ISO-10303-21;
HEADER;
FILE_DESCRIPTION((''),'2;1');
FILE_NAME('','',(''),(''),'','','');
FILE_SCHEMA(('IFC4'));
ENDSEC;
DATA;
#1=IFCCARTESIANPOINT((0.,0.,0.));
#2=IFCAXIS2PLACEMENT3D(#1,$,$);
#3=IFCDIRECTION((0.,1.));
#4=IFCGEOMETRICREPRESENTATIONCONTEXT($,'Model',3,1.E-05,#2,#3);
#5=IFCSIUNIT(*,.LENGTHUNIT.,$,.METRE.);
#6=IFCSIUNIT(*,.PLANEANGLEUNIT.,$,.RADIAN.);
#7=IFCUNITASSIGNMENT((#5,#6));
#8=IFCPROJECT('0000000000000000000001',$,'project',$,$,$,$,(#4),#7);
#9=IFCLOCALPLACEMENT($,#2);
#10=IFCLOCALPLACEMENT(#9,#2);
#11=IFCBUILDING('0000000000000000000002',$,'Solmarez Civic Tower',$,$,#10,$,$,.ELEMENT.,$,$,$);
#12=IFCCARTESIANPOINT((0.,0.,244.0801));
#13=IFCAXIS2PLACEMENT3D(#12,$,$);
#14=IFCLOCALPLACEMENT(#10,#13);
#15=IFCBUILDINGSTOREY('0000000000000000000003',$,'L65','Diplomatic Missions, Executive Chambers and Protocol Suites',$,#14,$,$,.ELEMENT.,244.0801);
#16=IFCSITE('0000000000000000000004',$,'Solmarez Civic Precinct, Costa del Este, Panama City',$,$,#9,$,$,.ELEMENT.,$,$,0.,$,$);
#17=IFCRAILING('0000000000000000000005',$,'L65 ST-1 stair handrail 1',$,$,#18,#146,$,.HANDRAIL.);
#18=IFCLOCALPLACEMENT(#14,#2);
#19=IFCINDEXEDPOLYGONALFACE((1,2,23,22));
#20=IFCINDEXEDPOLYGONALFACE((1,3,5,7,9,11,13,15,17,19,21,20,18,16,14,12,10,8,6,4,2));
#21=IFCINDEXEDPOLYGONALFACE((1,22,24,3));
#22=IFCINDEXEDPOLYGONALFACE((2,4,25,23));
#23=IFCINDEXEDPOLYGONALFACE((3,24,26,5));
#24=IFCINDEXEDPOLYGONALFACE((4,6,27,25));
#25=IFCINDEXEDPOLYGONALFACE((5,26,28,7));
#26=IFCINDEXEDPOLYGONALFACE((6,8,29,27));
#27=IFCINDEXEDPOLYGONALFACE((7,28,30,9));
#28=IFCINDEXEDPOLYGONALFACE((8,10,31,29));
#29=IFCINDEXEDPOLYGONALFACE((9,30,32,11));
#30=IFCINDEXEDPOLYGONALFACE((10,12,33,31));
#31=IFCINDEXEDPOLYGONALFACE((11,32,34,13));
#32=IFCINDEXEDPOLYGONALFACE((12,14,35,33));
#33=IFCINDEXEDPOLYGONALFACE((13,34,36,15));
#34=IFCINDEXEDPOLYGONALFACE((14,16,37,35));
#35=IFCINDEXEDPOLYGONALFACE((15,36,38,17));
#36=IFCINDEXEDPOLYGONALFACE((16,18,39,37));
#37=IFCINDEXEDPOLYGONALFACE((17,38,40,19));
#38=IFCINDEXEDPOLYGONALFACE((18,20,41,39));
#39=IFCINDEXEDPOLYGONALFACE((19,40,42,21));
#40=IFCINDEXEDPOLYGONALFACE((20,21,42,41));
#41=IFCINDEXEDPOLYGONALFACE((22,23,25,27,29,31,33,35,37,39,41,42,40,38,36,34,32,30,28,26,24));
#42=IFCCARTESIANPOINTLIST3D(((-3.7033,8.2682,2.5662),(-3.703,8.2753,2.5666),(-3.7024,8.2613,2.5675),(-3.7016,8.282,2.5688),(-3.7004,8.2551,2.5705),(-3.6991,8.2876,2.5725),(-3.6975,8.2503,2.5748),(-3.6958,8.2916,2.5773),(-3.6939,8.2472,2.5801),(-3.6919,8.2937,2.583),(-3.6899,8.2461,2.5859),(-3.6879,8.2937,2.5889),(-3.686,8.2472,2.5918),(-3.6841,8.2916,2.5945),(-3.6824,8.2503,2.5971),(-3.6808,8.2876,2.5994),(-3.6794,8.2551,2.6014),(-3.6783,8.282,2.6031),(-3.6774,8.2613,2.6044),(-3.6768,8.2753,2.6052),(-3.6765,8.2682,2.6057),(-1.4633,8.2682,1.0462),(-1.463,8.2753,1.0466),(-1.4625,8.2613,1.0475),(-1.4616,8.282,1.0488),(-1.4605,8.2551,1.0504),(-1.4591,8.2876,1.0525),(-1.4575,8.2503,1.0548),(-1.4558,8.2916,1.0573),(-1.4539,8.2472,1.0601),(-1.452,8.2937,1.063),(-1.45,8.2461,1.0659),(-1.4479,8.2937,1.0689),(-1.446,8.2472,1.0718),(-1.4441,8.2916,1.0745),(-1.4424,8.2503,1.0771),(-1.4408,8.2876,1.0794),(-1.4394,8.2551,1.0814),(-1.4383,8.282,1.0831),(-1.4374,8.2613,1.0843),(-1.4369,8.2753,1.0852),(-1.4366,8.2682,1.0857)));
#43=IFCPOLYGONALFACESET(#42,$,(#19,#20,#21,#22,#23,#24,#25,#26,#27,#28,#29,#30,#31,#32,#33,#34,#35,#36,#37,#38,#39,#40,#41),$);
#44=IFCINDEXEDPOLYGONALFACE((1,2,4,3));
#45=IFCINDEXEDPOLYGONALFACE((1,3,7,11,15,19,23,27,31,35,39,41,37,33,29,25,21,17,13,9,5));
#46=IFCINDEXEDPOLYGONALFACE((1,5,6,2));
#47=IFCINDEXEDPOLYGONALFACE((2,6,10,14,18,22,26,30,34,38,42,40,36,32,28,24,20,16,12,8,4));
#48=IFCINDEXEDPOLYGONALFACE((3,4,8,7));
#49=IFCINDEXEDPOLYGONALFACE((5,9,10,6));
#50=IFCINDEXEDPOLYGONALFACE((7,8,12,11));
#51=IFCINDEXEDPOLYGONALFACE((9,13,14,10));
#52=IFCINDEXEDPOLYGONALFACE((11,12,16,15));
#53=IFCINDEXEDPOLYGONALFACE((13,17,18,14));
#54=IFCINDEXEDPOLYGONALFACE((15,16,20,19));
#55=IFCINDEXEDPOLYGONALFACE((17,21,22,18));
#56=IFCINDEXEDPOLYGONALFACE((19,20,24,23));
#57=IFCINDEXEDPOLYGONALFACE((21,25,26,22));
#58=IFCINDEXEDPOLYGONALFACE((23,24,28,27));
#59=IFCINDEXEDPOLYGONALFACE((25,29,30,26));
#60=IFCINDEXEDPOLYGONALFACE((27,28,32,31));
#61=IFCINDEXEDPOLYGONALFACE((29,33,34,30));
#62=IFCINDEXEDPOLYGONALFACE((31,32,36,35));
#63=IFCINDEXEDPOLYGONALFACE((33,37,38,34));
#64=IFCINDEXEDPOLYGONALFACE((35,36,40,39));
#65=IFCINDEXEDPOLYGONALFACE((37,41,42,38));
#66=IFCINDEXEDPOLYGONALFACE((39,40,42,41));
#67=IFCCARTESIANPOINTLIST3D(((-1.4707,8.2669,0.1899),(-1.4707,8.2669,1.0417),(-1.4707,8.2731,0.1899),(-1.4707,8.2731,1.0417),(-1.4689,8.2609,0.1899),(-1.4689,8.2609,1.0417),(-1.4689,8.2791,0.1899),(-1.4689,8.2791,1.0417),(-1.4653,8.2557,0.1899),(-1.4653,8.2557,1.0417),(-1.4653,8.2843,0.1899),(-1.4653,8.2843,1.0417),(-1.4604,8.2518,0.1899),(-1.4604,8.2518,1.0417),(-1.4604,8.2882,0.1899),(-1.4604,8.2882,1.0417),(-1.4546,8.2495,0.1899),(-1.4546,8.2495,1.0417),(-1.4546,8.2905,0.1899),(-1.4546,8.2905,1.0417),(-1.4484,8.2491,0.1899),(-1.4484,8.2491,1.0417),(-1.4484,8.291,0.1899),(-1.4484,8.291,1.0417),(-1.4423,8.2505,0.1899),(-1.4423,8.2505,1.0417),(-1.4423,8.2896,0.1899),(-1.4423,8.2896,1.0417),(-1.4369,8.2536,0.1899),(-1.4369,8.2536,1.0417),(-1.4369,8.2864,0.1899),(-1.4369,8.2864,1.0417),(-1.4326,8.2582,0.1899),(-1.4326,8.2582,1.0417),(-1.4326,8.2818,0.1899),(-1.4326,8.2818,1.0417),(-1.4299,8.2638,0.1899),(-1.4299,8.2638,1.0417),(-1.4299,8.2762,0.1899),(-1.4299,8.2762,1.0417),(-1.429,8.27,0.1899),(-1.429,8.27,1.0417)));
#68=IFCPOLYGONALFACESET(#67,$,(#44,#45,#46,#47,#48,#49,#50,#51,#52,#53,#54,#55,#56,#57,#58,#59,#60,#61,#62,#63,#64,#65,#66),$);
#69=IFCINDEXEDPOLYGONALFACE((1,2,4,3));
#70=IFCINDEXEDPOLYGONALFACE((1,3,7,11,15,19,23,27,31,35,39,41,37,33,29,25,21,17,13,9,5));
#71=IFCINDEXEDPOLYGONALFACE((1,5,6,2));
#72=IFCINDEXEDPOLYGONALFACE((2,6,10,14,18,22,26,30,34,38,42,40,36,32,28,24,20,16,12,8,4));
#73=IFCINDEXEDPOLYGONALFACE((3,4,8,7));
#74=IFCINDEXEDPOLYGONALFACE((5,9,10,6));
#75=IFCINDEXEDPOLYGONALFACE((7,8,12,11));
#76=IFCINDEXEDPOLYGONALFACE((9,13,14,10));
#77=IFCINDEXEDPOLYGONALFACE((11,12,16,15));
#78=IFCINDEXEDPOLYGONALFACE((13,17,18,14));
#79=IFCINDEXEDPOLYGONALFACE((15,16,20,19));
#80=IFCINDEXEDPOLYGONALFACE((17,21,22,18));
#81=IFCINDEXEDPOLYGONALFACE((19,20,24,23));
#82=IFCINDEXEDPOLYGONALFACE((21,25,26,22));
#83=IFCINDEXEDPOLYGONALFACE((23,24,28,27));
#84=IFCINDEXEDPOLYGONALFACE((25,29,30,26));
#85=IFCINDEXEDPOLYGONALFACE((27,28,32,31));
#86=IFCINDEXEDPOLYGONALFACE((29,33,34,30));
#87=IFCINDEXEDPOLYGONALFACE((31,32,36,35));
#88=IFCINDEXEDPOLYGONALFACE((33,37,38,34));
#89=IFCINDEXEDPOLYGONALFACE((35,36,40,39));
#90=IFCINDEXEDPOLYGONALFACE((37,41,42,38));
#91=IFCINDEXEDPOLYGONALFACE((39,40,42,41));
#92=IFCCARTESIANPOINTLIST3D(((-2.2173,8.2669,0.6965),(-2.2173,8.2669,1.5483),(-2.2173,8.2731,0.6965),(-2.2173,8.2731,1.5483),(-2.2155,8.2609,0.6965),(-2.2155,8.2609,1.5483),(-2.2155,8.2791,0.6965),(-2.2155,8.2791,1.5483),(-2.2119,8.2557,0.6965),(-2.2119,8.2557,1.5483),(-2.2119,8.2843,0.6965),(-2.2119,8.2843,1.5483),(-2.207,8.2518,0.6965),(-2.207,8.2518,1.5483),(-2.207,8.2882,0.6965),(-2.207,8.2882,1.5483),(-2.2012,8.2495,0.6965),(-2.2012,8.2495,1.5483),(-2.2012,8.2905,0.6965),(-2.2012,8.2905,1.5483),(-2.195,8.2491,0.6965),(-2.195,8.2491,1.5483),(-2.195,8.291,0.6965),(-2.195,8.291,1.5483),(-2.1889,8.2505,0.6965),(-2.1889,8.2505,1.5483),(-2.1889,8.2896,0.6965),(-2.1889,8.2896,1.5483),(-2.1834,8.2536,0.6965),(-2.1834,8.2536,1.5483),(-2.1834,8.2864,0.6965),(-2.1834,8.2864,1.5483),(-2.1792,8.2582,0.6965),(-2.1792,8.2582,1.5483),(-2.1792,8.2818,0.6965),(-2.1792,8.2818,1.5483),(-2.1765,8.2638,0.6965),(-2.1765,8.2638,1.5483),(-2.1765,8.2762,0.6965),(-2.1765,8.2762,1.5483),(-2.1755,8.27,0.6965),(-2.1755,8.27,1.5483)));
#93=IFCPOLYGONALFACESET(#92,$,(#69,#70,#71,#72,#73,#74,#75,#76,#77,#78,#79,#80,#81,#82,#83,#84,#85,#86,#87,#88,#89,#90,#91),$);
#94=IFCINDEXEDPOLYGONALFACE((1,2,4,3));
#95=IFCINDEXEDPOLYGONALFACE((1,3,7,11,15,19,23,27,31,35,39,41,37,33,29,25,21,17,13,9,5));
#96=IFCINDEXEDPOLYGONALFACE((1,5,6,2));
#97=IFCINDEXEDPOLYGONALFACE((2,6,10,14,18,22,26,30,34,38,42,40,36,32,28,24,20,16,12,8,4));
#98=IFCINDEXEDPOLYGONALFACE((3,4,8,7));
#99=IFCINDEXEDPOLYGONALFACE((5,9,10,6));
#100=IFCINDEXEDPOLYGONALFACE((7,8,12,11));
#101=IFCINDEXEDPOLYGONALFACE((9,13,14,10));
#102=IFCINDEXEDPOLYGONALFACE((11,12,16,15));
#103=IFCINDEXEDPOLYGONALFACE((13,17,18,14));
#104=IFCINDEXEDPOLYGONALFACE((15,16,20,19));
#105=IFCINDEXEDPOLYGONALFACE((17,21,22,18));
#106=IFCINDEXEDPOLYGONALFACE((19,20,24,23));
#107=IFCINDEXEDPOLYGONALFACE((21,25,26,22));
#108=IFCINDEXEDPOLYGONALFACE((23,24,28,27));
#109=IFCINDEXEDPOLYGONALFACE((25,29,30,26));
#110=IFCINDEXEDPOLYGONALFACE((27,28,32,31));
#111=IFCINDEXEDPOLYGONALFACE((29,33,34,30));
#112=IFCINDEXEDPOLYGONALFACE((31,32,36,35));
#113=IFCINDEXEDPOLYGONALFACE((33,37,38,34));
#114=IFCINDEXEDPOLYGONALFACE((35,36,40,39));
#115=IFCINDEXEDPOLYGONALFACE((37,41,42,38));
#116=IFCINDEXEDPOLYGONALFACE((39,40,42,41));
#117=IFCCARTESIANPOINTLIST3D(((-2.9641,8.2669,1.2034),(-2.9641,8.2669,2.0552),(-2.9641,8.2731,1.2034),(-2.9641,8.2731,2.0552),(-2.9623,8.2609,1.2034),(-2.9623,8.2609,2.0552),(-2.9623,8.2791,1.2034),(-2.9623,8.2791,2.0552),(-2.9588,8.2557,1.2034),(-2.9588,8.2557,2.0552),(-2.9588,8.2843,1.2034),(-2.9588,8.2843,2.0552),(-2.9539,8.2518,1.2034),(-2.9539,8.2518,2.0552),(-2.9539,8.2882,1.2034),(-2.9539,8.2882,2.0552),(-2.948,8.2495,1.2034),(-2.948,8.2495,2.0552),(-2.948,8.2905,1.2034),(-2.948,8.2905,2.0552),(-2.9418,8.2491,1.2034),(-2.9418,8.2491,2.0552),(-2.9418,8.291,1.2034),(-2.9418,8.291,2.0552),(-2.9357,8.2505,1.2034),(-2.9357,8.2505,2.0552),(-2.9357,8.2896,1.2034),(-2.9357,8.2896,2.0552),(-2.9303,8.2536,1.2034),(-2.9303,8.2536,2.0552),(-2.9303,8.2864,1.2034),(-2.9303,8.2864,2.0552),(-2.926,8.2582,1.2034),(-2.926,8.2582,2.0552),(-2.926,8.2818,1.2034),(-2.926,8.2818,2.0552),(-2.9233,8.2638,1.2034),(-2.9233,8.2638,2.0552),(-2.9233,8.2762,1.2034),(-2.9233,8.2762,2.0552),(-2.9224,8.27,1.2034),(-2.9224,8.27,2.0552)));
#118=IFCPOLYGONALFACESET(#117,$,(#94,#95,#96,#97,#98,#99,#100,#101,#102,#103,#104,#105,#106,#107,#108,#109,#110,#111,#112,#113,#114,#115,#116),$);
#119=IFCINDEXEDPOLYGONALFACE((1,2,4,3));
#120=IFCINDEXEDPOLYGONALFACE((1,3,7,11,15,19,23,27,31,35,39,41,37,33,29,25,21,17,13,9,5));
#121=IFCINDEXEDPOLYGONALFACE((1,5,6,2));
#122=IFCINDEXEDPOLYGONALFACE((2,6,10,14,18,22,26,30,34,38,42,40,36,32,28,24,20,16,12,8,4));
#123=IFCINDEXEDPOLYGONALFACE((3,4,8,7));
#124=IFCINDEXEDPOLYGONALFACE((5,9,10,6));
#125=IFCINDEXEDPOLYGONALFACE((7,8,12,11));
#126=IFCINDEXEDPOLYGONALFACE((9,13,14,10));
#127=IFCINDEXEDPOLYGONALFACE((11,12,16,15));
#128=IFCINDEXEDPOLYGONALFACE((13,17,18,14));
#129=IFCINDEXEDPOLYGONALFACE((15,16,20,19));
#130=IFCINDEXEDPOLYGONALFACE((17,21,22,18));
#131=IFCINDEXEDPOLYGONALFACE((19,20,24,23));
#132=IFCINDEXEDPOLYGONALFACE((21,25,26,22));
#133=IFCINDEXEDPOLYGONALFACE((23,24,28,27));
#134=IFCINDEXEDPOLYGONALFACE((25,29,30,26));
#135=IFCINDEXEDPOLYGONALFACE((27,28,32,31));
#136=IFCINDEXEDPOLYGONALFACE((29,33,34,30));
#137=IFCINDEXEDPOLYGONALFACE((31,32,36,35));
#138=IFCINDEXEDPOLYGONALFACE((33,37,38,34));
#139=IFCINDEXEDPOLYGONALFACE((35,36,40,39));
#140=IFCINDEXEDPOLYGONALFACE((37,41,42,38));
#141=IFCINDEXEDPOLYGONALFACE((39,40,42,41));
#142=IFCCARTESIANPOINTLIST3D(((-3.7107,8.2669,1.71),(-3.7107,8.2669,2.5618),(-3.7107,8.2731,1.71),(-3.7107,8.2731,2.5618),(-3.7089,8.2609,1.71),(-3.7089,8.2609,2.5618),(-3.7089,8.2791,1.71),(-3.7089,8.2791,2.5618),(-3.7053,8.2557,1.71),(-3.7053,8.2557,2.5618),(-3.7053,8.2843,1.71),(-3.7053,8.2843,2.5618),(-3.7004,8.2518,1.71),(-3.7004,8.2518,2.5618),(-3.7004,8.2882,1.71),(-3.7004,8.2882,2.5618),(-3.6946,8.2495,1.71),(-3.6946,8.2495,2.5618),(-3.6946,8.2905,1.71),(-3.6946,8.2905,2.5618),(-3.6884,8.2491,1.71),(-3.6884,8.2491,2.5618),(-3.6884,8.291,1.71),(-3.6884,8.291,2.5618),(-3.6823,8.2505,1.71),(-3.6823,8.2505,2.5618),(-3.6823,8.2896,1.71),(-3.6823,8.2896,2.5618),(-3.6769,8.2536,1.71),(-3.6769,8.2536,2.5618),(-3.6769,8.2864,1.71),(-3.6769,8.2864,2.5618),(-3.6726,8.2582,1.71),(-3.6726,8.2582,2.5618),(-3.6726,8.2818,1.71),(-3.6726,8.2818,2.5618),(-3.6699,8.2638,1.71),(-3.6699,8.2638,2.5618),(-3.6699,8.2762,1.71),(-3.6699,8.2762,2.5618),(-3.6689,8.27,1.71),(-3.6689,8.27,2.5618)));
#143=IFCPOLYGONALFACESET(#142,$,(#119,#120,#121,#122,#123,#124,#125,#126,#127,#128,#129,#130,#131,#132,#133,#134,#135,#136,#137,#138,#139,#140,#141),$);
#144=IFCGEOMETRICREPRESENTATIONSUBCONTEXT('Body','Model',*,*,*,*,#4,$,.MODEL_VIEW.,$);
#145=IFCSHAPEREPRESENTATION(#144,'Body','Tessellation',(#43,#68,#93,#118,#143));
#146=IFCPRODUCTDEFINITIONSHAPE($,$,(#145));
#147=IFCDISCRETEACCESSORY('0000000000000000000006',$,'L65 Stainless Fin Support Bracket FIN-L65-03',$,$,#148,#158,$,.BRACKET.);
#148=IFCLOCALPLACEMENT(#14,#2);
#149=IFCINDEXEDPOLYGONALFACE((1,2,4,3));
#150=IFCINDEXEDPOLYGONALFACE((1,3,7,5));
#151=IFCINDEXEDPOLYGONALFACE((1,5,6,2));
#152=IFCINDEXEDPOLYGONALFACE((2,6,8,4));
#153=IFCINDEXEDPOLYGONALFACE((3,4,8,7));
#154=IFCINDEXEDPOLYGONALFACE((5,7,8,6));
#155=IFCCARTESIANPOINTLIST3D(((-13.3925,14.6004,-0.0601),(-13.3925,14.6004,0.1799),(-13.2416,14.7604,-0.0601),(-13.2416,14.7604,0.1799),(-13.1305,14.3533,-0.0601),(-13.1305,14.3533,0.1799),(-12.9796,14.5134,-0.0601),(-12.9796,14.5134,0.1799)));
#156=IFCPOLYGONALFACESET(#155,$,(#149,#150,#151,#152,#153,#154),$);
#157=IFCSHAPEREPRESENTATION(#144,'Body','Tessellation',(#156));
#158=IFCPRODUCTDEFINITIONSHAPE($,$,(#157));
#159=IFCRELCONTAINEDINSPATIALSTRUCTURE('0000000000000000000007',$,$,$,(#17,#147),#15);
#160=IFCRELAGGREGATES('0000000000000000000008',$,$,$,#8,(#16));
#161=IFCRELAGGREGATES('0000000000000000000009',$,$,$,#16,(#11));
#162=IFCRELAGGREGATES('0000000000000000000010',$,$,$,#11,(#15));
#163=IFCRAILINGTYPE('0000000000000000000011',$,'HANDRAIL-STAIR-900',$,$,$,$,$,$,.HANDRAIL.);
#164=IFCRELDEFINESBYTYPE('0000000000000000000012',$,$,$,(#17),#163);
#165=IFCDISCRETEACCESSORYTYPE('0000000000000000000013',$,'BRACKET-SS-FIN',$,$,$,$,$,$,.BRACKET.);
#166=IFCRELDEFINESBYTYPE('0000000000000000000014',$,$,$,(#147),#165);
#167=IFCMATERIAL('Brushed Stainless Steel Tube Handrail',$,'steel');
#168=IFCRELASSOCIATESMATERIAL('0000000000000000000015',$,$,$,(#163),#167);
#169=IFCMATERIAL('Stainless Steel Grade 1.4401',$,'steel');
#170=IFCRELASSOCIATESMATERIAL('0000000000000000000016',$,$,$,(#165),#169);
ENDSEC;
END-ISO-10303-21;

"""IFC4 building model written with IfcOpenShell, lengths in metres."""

from ifc_helpers import new_model, si_unit, direction, frame, origin, origin_2d, place, context, subcontext, project, spatial, rectangle, circle, extrude, material, type_object, element, save


model = new_model("IFC4")

# Units and contexts
model_context = context("Model", 3, precision=1e-05, world=origin(), true_north=direction((0.0, 1.0)))
body_context = subcontext(model_context, "Body", "Model", "MODEL_VIEW")
ifc_project = project(units=[si_unit("LENGTHUNIT", "METRE"), si_unit("PLANEANGLEUNIT", "RADIAN")], contexts=[model_context])

# Site, building, storey
site_placement = place(None, origin())
site = spatial("IfcSite", under=ifc_project, at=site_placement, Name="Solmarez Civic Precinct, Costa del Este, Panama City", CompositionType="ELEMENT", RefElevation=0.0)
building_placement = place(site_placement, origin())
building = spatial("IfcBuilding", under=site, at=building_placement, Name="Solmarez Civic Tower", CompositionType="ELEMENT")
storey_placement = place(building_placement, frame((0.0, 0.0, 244.0801)))
storey = spatial("IfcBuildingStorey", under=building, at=storey_placement, Name="L65", Description="Diplomatic Missions, Executive Chambers and Protocol Suites", CompositionType="ELEMENT", Elevation=244.0801)

# Railing
ifc_material_1 = material(Name="Brushed Stainless Steel Tube Handrail", Category="steel")
railing_type_1 = type_object("IfcRailingType", Name="HANDRAIL-STAIR-900", PredefinedType="HANDRAIL", material=ifc_material_1)
railing_1_placement = place(storey_placement, frame((-1.45, 8.27, 0.1899)))
element("IfcRailing", 1, at=railing_1_placement, inside=storey, type_object=railing_type_1, Name="L65 ST-1 stair handrail 1", PredefinedType="HANDRAIL", context=body_context, shape_type="SweptSolid", body=[
    extrude(circle(Radius=0.0239, at=origin_2d()), frame((0.0, 0.0, 0.876), z_axis=(-0.827471, 0.0, 0.561508), x_axis=(0.0, -1.0, 0.0)), (0.0, 0.0, 1.0), 2.707),
    extrude(circle(Radius=0.021, at=origin_2d()), origin(), (0.0, 0.0, 1.0), 0.8518),
    extrude(circle(Radius=0.021, at=origin_2d()), frame((-0.7466, 0.0, 0.5066)), (0.0, 0.0, 1.0), 0.8518),
    extrude(circle(Radius=0.021, at=origin_2d()), frame((-1.4934, 0.0, 1.0134)), (0.0, 0.0, 1.0), 0.8518),
    extrude(circle(Radius=0.021, at=origin_2d()), frame((-2.24, 0.0, 1.52)), (0.0, 0.0, 1.0), 0.8518),
])

# Discrete accessory
ifc_material_2 = material(Name="Stainless Steel Grade 1.4401", Category="steel")
discrete_accessory_type = type_object("IfcDiscreteAccessoryType", Name="BRACKET-SS-FIN", PredefinedType="BRACKET", material=ifc_material_2)
discrete_accessory_placement = place(storey_placement, frame((-13.186, 14.5569, -0.0601), z_axis=(0.0, 0.0, 1.0), x_axis=(-0.727537, 0.686068, 0.0)))
element("IfcDiscreteAccessory", 2, at=discrete_accessory_placement, inside=storey, type_object=discrete_accessory_type, Name="L65 Stainless Fin Support Bracket FIN-L65-03", PredefinedType="BRACKET", context=body_context, shape_type="SweptSolid", body=[
    extrude(rectangle(XDim=0.3601, YDim=0.22, at=origin_2d()), origin(), (0.0, 0.0, 1.0), 0.24),
])

save(model, "model.ifc")
